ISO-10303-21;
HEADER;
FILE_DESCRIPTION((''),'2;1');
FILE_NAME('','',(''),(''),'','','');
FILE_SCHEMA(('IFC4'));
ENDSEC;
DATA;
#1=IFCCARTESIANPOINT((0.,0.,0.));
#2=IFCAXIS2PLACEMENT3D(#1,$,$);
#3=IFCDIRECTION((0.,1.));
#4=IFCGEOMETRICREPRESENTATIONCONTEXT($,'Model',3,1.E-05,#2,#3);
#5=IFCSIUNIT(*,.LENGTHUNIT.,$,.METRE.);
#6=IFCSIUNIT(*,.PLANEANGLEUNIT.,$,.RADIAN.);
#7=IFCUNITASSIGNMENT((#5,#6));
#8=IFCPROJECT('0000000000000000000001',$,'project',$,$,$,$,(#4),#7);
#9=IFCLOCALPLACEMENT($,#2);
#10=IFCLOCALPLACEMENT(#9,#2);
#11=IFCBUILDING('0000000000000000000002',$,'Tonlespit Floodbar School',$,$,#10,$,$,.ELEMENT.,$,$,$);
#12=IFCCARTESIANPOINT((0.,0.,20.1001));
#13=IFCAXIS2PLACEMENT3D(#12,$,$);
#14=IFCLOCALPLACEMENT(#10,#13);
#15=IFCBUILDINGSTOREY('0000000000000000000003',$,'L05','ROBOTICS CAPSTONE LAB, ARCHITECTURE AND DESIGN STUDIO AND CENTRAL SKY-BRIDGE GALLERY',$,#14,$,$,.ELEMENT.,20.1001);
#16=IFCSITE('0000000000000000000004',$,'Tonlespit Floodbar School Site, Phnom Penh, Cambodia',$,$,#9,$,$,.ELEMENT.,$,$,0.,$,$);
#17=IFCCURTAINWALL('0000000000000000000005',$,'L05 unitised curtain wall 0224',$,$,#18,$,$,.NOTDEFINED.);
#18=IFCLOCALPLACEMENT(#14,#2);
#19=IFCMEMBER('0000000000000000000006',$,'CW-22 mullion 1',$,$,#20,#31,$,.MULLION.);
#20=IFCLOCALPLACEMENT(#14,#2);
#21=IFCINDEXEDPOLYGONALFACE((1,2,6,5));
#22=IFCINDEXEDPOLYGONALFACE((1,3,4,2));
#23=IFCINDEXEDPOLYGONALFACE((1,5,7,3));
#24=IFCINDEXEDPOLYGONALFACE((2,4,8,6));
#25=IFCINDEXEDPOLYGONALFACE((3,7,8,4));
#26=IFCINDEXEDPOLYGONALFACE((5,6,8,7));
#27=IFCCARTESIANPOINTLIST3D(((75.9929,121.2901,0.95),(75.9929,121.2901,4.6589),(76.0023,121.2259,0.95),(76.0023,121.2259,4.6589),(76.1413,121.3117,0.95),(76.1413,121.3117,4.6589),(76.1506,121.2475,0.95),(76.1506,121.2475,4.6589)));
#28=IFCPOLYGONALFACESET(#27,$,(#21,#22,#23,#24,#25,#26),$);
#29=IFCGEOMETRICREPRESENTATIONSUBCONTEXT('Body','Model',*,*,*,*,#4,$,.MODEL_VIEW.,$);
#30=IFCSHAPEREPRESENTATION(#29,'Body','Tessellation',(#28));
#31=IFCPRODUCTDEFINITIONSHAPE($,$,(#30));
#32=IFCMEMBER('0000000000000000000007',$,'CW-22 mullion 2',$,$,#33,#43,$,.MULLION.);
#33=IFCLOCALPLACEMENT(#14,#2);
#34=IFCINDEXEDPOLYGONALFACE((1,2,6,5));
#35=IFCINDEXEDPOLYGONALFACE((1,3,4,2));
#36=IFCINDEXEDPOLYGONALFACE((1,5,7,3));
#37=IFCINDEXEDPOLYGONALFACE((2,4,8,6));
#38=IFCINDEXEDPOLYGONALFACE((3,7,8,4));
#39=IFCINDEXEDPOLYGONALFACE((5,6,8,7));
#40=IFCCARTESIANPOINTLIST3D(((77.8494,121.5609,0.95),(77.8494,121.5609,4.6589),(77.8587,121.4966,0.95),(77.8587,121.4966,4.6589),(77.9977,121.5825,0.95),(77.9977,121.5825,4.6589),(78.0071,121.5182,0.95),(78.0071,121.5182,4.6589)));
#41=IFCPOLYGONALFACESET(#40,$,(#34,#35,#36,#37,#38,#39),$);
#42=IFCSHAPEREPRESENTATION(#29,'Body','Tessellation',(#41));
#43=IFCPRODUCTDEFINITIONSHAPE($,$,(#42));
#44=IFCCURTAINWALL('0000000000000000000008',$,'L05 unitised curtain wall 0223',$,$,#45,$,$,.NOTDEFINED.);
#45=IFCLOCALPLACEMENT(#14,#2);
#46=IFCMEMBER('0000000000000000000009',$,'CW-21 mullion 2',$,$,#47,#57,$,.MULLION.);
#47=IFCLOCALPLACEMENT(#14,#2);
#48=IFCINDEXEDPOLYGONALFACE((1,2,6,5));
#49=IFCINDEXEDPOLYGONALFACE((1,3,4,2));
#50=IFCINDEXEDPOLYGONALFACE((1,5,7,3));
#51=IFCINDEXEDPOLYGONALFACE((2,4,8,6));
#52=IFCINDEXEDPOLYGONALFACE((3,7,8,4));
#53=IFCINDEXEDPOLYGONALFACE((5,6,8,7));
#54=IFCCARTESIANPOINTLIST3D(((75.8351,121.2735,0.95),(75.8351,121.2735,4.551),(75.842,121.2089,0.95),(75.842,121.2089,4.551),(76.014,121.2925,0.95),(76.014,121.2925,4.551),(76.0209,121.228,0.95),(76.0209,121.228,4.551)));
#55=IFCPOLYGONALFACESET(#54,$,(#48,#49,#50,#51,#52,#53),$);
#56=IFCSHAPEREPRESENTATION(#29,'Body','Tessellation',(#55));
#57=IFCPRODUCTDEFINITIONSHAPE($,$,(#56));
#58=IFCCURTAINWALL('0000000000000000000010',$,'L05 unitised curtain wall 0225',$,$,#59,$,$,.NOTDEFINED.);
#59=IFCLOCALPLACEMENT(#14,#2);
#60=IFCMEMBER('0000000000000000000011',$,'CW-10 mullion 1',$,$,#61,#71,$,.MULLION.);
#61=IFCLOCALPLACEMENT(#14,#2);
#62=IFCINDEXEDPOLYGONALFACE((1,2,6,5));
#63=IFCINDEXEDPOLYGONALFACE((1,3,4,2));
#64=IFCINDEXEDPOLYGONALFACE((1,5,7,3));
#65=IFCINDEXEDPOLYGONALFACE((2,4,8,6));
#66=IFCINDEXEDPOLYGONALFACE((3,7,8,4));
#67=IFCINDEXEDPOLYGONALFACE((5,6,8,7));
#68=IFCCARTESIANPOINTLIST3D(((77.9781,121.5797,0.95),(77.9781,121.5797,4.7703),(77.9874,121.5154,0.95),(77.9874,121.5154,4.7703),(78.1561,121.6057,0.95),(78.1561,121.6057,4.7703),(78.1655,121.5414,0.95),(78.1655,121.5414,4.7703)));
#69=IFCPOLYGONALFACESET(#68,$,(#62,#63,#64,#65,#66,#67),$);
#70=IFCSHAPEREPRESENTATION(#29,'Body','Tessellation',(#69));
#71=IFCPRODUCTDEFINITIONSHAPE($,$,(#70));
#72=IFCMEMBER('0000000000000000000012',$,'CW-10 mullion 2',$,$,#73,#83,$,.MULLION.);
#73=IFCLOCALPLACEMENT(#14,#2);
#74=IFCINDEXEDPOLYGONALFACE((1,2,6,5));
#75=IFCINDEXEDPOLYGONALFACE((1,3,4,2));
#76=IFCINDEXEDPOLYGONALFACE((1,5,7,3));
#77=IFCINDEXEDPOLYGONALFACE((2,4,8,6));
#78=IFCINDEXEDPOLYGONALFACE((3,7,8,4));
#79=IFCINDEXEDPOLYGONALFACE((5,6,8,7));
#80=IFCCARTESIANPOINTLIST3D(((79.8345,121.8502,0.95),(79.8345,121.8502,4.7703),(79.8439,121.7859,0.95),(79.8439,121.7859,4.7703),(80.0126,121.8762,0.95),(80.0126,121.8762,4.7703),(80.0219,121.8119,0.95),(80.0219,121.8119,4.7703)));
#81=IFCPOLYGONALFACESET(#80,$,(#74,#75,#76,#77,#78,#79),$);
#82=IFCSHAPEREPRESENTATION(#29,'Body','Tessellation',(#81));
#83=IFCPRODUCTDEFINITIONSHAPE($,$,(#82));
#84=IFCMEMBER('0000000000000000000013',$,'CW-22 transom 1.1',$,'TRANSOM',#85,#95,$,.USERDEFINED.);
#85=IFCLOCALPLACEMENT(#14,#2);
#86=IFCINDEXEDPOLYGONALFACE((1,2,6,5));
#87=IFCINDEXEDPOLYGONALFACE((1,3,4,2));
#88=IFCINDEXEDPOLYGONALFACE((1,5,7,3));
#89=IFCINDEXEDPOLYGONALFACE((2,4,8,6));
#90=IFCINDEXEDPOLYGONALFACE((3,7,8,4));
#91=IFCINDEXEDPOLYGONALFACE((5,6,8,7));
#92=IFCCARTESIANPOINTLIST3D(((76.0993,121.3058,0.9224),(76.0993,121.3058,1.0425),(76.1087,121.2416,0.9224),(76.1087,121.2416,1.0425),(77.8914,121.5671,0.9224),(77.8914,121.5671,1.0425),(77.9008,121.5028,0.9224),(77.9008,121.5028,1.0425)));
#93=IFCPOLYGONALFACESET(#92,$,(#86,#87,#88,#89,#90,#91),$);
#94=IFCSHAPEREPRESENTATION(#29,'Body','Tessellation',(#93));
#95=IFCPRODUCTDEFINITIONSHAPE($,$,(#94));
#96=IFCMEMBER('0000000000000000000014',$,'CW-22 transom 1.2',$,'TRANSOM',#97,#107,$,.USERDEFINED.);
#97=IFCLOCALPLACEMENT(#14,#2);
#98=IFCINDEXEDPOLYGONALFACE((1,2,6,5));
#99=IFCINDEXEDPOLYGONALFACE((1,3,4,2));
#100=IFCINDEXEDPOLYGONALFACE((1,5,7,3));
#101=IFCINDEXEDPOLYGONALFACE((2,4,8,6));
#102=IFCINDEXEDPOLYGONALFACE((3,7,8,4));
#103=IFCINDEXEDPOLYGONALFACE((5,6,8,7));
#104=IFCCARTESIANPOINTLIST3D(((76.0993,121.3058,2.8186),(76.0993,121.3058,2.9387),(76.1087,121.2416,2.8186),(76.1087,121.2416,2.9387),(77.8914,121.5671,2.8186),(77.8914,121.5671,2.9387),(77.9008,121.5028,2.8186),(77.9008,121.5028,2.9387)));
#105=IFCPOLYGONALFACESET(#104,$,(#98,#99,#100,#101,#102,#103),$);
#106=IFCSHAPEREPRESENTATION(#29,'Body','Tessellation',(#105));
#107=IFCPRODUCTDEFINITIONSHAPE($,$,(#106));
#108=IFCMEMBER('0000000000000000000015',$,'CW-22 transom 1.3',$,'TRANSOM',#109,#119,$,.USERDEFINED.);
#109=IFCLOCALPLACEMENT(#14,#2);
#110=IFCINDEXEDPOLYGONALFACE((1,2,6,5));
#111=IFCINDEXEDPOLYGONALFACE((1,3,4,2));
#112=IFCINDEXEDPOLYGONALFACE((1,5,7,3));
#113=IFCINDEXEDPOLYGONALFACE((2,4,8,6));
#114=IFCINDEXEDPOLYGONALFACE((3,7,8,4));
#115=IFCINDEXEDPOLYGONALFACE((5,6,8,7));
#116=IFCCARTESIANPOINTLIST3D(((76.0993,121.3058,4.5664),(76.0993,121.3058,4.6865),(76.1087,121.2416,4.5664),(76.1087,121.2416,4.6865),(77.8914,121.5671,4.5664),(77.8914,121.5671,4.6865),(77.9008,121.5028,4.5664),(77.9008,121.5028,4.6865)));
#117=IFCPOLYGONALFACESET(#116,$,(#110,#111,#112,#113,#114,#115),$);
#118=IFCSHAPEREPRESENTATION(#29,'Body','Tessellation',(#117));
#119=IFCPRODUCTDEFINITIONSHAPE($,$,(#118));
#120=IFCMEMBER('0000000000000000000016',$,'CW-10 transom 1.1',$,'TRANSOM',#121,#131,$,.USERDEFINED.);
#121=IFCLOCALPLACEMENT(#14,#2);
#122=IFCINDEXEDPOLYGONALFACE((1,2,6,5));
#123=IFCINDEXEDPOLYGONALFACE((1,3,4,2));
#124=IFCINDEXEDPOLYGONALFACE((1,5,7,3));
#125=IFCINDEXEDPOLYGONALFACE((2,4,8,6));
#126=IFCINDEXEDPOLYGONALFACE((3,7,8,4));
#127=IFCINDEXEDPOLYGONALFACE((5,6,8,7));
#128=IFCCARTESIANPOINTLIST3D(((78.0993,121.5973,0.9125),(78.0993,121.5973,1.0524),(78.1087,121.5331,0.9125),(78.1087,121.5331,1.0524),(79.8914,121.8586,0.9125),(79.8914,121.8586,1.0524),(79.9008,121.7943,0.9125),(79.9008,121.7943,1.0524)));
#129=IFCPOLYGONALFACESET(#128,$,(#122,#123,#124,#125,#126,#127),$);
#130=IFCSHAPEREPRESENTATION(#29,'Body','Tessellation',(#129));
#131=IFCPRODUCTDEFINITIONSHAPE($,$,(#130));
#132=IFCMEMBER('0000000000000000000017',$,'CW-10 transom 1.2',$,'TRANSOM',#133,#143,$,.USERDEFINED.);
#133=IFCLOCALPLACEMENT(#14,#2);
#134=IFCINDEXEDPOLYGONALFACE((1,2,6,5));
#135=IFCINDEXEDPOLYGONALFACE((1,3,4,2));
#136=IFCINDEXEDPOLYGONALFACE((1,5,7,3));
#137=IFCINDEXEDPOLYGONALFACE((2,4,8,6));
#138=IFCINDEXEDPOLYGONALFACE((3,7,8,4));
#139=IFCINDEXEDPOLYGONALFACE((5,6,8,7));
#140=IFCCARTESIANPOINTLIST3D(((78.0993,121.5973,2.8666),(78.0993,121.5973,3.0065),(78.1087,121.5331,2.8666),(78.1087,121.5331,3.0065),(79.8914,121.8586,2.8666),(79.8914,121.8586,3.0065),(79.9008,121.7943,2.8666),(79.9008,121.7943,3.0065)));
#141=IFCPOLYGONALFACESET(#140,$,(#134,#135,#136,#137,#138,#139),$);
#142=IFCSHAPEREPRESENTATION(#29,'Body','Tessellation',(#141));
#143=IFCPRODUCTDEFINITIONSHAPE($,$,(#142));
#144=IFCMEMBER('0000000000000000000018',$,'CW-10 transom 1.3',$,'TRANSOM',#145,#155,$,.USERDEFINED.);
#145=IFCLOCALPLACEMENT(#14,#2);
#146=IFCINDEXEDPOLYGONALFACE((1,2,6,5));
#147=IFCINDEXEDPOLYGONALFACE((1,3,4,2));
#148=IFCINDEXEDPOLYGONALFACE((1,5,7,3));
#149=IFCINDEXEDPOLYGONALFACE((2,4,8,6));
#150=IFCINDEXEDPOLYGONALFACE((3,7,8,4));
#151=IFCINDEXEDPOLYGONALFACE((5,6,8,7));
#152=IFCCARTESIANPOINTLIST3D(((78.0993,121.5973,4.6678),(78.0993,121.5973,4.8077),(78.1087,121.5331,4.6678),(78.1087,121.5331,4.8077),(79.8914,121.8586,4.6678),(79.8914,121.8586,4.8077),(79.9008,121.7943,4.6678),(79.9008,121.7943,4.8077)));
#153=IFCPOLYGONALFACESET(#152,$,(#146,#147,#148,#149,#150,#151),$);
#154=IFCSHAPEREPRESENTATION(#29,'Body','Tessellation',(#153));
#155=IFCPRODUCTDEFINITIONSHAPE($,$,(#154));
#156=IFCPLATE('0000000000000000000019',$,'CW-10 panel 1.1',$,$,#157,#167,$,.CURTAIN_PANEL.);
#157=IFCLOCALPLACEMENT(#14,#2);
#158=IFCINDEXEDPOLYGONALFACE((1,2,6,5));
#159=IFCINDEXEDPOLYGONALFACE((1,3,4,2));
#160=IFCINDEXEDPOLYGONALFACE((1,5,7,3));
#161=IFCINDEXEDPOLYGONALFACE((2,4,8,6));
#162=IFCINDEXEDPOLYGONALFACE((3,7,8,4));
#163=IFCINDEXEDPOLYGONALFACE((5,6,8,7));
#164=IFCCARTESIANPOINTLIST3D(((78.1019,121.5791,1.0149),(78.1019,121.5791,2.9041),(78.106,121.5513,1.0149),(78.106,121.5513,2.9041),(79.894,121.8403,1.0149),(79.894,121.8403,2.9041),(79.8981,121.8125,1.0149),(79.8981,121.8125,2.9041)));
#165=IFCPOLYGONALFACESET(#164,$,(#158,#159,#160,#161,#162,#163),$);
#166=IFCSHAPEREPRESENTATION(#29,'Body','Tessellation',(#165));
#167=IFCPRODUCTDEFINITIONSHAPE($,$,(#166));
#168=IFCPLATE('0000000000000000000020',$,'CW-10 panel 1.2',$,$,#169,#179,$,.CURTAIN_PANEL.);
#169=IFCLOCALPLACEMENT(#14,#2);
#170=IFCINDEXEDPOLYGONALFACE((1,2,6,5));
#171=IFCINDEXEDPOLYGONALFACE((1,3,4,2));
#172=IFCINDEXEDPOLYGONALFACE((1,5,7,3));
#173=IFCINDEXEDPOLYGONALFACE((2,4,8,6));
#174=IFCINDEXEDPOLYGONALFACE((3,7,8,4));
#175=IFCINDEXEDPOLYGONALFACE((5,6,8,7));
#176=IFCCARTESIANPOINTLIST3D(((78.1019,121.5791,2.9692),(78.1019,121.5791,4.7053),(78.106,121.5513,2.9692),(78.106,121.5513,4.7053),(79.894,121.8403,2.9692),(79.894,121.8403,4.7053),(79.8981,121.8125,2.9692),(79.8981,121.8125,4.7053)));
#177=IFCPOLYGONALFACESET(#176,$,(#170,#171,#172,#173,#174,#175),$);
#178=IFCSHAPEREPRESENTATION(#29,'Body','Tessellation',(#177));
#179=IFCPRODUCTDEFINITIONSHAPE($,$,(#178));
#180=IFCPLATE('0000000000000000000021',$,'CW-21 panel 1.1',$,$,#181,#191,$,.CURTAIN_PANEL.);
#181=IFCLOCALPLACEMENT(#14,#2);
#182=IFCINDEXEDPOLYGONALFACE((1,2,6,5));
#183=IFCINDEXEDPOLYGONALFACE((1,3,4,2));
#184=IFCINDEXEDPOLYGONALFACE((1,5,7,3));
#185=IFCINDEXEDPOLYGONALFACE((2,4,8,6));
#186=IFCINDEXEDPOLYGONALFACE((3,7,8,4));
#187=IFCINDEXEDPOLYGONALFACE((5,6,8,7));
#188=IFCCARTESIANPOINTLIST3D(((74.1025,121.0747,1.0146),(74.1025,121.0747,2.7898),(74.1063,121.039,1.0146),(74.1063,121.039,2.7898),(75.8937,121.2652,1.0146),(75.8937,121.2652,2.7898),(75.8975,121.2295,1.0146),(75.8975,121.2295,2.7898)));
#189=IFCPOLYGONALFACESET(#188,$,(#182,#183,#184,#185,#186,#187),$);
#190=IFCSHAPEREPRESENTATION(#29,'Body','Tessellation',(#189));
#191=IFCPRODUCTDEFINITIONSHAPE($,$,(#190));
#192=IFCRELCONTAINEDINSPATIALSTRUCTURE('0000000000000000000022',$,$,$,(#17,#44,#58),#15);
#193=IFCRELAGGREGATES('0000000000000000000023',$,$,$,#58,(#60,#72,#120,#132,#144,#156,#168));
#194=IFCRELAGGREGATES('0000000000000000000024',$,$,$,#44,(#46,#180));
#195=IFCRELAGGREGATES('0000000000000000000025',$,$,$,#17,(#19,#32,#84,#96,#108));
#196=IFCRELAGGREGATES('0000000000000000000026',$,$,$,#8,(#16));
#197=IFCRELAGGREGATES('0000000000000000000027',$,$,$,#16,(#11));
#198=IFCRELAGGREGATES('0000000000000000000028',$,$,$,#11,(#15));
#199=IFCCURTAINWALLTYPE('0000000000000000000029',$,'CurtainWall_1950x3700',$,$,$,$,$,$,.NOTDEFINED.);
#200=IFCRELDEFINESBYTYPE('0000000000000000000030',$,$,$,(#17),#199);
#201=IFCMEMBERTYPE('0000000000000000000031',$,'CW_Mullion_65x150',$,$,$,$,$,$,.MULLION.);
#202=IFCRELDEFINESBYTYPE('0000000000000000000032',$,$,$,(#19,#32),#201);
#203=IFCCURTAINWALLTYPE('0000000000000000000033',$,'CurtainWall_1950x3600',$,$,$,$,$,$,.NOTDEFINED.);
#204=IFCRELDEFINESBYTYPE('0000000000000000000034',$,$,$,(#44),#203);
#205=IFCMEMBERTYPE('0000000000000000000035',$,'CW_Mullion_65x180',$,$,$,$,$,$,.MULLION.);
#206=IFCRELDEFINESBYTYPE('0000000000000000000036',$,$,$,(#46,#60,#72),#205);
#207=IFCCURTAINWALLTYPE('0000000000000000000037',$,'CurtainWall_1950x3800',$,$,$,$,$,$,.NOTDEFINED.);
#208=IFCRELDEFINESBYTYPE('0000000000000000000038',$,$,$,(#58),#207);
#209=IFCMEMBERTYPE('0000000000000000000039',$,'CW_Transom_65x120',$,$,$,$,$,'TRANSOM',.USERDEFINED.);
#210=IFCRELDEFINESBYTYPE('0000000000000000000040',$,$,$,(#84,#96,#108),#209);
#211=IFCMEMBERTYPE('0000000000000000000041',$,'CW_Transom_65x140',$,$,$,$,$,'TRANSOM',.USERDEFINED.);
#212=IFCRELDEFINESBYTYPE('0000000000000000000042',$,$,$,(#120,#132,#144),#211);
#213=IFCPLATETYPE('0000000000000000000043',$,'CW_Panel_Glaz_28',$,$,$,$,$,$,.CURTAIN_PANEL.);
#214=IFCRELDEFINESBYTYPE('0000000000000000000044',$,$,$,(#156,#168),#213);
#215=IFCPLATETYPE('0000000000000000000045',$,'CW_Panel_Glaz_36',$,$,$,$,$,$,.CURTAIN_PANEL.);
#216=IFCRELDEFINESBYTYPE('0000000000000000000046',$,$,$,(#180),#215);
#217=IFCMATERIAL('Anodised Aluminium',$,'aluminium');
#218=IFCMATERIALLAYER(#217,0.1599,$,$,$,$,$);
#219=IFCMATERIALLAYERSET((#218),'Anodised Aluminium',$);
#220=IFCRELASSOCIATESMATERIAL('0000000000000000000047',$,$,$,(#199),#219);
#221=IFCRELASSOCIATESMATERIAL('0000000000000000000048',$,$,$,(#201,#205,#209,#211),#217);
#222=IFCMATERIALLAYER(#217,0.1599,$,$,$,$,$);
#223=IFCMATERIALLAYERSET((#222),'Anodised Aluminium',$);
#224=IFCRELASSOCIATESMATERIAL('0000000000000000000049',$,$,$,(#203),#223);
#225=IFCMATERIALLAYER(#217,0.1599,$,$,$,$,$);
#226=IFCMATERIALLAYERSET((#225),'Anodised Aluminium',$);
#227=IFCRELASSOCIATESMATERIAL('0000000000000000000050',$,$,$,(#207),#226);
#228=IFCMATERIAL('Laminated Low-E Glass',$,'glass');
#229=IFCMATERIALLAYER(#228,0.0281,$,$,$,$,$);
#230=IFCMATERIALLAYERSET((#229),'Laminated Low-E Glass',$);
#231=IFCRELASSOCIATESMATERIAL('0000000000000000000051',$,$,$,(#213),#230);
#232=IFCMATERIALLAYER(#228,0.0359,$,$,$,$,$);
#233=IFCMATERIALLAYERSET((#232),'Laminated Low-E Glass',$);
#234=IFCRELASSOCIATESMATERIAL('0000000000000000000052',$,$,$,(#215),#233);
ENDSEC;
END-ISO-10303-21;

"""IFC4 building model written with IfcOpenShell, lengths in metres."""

from ifc_helpers import new_model, si_unit, direction, frame, origin, origin_2d, place, context, subcontext, project, spatial, rectangle, extrude, material, layer, layer_set, material_profile, profile_set, type_object, element, aggregate, save


model = new_model("IFC4")

# Units and contexts
model_context = context("Model", 3, precision=1e-05, world=origin(), true_north=direction((0.0, 1.0)))
body_context = subcontext(model_context, "Body", "Model", "MODEL_VIEW")
ifc_project = project(units=[si_unit("LENGTHUNIT", "METRE"), si_unit("PLANEANGLEUNIT", "RADIAN")], contexts=[model_context])

# Site, building, storey
site_placement = place(None, origin())
site = spatial("IfcSite", under=ifc_project, at=site_placement, Name="Tonlespit Floodbar School Site, Phnom Penh, Cambodia", CompositionType="ELEMENT", RefElevation=0.0)
building_placement = place(site_placement, origin())
building = spatial("IfcBuilding", under=site, at=building_placement, Name="Tonlespit Floodbar School", CompositionType="ELEMENT")
storey_placement = place(building_placement, frame((0.0, 0.0, 20.1001)))
storey = spatial("IfcBuildingStorey", under=building, at=storey_placement, Name="L05", Description="ROBOTICS CAPSTONE LAB, ARCHITECTURE AND DESIGN STUDIO AND CENTRAL SKY-BRIDGE GALLERY", CompositionType="ELEMENT", Elevation=20.1001)

# Curtain wall, members
ifc_material_1 = material(Name="Anodised Aluminium", Category="aluminium")
ifc_layer_1 = layer(ifc_material_1, 0.1599)
ifc_layer_set_1 = layer_set([ifc_layer_1], Name="Anodised Aluminium")
curtain_wall_type_1 = type_object("IfcCurtainWallType", Name="CurtainWall_1950x3700", PredefinedType="NOTDEFINED", material=ifc_layer_set_1)
curtain_wall_1_placement = place(storey_placement, origin())
curtain_wall_1 = element("IfcCurtainWall", 1, at=curtain_wall_1_placement, inside=storey, type_object=curtain_wall_type_1, Name="L05 unitised curtain wall 0224", PredefinedType="NOTDEFINED")
ifc_material_profile_1 = material_profile(ifc_material_1, rectangle(XDim=0.0649, YDim=0.1499, at=origin_2d()), Name="ALU M65x150")
ifc_profile_set_1 = profile_set([ifc_material_profile_1], Name="Anodised Aluminium")
member_type_1 = type_object("IfcMemberType", Name="CW_Mullion_65x150", PredefinedType="MULLION", material=ifc_profile_set_1)
member_1_placement = place(storey_placement, frame((76.0718, 121.2688, 0.95), z_axis=(0.0, 0.0, 1.0), x_axis=(-0.144248, 0.989542, 0.0)))
member_1 = element("IfcMember", 2, at=member_1_placement, type_object=member_type_1, Name="CW-22 mullion 1", PredefinedType="MULLION", context=body_context, shape_type="SweptSolid", body=[
    extrude(rectangle(XDim=0.0649, YDim=0.1499, at=origin_2d()), origin(), (0.0, 0.0, 1.0), 3.709),
])
member_2_placement = place(storey_placement, frame((77.9282, 121.5396, 0.95), z_axis=(0.0, 0.0, 1.0), x_axis=(-0.144248, 0.989542, 0.0)))
member_2 = element("IfcMember", 3, at=member_2_placement, type_object=member_type_1, Name="CW-22 mullion 2", PredefinedType="MULLION", context=body_context, shape_type="SweptSolid", body=[
    extrude(rectangle(XDim=0.0649, YDim=0.1499, at=origin_2d()), origin(), (0.0, 0.0, 1.0), 3.709),
])

# Curtain wall, member
ifc_layer_2 = layer(ifc_material_1, 0.1599)
ifc_layer_set_2 = layer_set([ifc_layer_2], Name="Anodised Aluminium")
curtain_wall_type_2 = type_object("IfcCurtainWallType", Name="CurtainWall_1950x3600", PredefinedType="NOTDEFINED", material=ifc_layer_set_2)
curtain_wall_2_placement = place(storey_placement, origin())
curtain_wall_2 = element("IfcCurtainWall", 4, at=curtain_wall_2_placement, inside=storey, type_object=curtain_wall_type_2, Name="L05 unitised curtain wall 0223", PredefinedType="NOTDEFINED")
ifc_material_profile_2 = material_profile(ifc_material_1, rectangle(XDim=0.0649, YDim=0.1799, at=origin_2d()), Name="ALU M65x180")
ifc_profile_set_2 = profile_set([ifc_material_profile_2], Name="Anodised Aluminium")
member_type_2 = type_object("IfcMemberType", Name="CW_Mullion_65x180", PredefinedType="MULLION", material=ifc_profile_set_2)
member_3_placement = place(storey_placement, frame((75.928, 121.2507, 0.95), z_axis=(0.0, 0.0, 1.0), x_axis=(-0.105787, 0.994389, 0.0)))
member_3 = element("IfcMember", 5, at=member_3_placement, type_object=member_type_2, Name="CW-21 mullion 2", PredefinedType="MULLION", context=body_context, shape_type="SweptSolid", body=[
    extrude(rectangle(XDim=0.0649, YDim=0.1799, at=origin_2d()), origin(), (0.0, 0.0, 1.0), 3.6011),
])

# Curtain wall, members
ifc_layer_3 = layer(ifc_material_1, 0.1599)
ifc_layer_set_3 = layer_set([ifc_layer_3], Name="Anodised Aluminium")
curtain_wall_type_3 = type_object("IfcCurtainWallType", Name="CurtainWall_1950x3800", PredefinedType="NOTDEFINED", material=ifc_layer_set_3)
curtain_wall_3_placement = place(storey_placement, origin())
curtain_wall_3 = element("IfcCurtainWall", 6, at=curtain_wall_3_placement, inside=storey, type_object=curtain_wall_type_3, Name="L05 unitised curtain wall 0225", PredefinedType="NOTDEFINED")
member_4_placement = place(storey_placement, frame((78.0718, 121.5605, 0.95), z_axis=(0.0, 0.0, 1.0), x_axis=(-0.144248, 0.989542, 0.0)))
member_4 = element("IfcMember", 7, at=member_4_placement, type_object=member_type_2, Name="CW-10 mullion 1", PredefinedType="MULLION", context=body_context, shape_type="SweptSolid", body=[
    extrude(rectangle(XDim=0.0649, YDim=0.1799, at=origin_2d()), origin(), (0.0, 0.0, 1.0), 3.8203),
])
member_5_placement = place(storey_placement, frame((79.9282, 121.8311, 0.95), z_axis=(0.0, 0.0, 1.0), x_axis=(-0.144248, 0.989542, 0.0)))
member_5 = element("IfcMember", 8, at=member_5_placement, type_object=member_type_2, Name="CW-10 mullion 2", PredefinedType="MULLION", context=body_context, shape_type="SweptSolid", body=[
    extrude(rectangle(XDim=0.0649, YDim=0.1799, at=origin_2d()), origin(), (0.0, 0.0, 1.0), 3.8203),
])

# Members
ifc_material_profile_3 = material_profile(ifc_material_1, rectangle(XDim=0.0649, YDim=0.1201, at=origin_2d()), Name="ALU T65x120")
ifc_profile_set_3 = profile_set([ifc_material_profile_3], Name="Anodised Aluminium")
member_type_3 = type_object("IfcMemberType", Name="CW_Transom_65x120", ElementType="TRANSOM", PredefinedType="USERDEFINED", material=ifc_profile_set_3)
member_6_placement = place(storey_placement, frame((76.104, 121.2737, 0.9824), z_axis=(0.989541, 0.144252, 0.0), x_axis=(-0.144252, 0.989541, 0.0)))
member_6 = element("IfcMember", 9, at=member_6_placement, type_object=member_type_3, Name="CW-22 transom 1.1", ObjectType="TRANSOM", PredefinedType="USERDEFINED", context=body_context, shape_type="SweptSolid", body=[
    extrude(rectangle(XDim=0.0649, YDim=0.1201, at=origin_2d()), origin(), (0.0, 0.0, 1.0), 1.811),
])
member_7_placement = place(storey_placement, frame((76.104, 121.2737, 2.8787), z_axis=(0.989541, 0.144252, 0.0), x_axis=(-0.144252, 0.989541, 0.0)))
member_7 = element("IfcMember", 10, at=member_7_placement, type_object=member_type_3, Name="CW-22 transom 1.2", ObjectType="TRANSOM", PredefinedType="USERDEFINED", context=body_context, shape_type="SweptSolid", body=[
    extrude(rectangle(XDim=0.0649, YDim=0.1201, at=origin_2d()), origin(), (0.0, 0.0, 1.0), 1.811),
])
member_8_placement = place(storey_placement, frame((76.104, 121.2737, 4.6265), z_axis=(0.989541, 0.144252, 0.0), x_axis=(-0.144252, 0.989541, 0.0)))
member_8 = element("IfcMember", 11, at=member_8_placement, type_object=member_type_3, Name="CW-22 transom 1.3", ObjectType="TRANSOM", PredefinedType="USERDEFINED", context=body_context, shape_type="SweptSolid", body=[
    extrude(rectangle(XDim=0.0649, YDim=0.1201, at=origin_2d()), origin(), (0.0, 0.0, 1.0), 1.811),
])
ifc_material_profile_4 = material_profile(ifc_material_1, rectangle(XDim=0.0649, YDim=0.1399, at=origin_2d()), Name="ALU T65x140")
ifc_profile_set_4 = profile_set([ifc_material_profile_4], Name="Anodised Aluminium")
member_type_4 = type_object("IfcMemberType", Name="CW_Transom_65x140", ElementType="TRANSOM", PredefinedType="USERDEFINED", material=ifc_profile_set_4)
member_9_placement = place(storey_placement, frame((78.104, 121.5652, 0.9824), z_axis=(0.989541, 0.144252, 0.0), x_axis=(-0.144252, 0.989541, 0.0)))
member_9 = element("IfcMember", 12, at=member_9_placement, type_object=member_type_4, Name="CW-10 transom 1.1", ObjectType="TRANSOM", PredefinedType="USERDEFINED", context=body_context, shape_type="SweptSolid", body=[
    extrude(rectangle(XDim=0.0649, YDim=0.1399, at=origin_2d()), origin(), (0.0, 0.0, 1.0), 1.811),
])
member_10_placement = place(storey_placement, frame((78.104, 121.5652, 2.9365), z_axis=(0.989541, 0.144252, 0.0), x_axis=(-0.144252, 0.989541, 0.0)))
member_10 = element("IfcMember", 13, at=member_10_placement, type_object=member_type_4, Name="CW-10 transom 1.2", ObjectType="TRANSOM", PredefinedType="USERDEFINED", context=body_context, shape_type="SweptSolid", body=[
    extrude(rectangle(XDim=0.0649, YDim=0.1399, at=origin_2d()), origin(), (0.0, 0.0, 1.0), 1.811),
])
member_11_placement = place(storey_placement, frame((78.104, 121.5652, 4.7378), z_axis=(0.989541, 0.144252, 0.0), x_axis=(-0.144252, 0.989541, 0.0)))
member_11 = element("IfcMember", 14, at=member_11_placement, type_object=member_type_4, Name="CW-10 transom 1.3", ObjectType="TRANSOM", PredefinedType="USERDEFINED", context=body_context, shape_type="SweptSolid", body=[
    extrude(rectangle(XDim=0.0649, YDim=0.1399, at=origin_2d()), origin(), (0.0, 0.0, 1.0), 1.811),
])

# Plates
ifc_material_2 = material(Name="Laminated Low-E Glass", Category="glass")
ifc_layer_4 = layer(ifc_material_2, 0.0281)
ifc_layer_set_4 = layer_set([ifc_layer_4], Name="Laminated Low-E Glass")
plate_type_1 = type_object("IfcPlateType", Name="CW_Panel_Glaz_28", PredefinedType="CURTAIN_PANEL", material=ifc_layer_set_4)
plate_1_placement = place(storey_placement, frame((79.0, 121.6958, 1.0149), z_axis=(0.0, 0.0, 1.0), x_axis=(0.989542, 0.144248, 0.0)))
plate_1 = element("IfcPlate", 15, at=plate_1_placement, type_object=plate_type_1, Name="CW-10 panel 1.1", PredefinedType="CURTAIN_PANEL", context=body_context, shape_type="SweptSolid", body=[
    extrude(rectangle(XDim=1.811, YDim=0.0281, at=origin_2d()), origin(), (0.0, 0.0, 1.0), 1.8892),
])
plate_2_placement = place(storey_placement, frame((79.0, 121.6958, 2.9692), z_axis=(0.0, 0.0, 1.0), x_axis=(0.989542, 0.144248, 0.0)))
plate_2 = element("IfcPlate", 16, at=plate_2_placement, type_object=plate_type_1, Name="CW-10 panel 1.2", PredefinedType="CURTAIN_PANEL", context=body_context, shape_type="SweptSolid", body=[
    extrude(rectangle(XDim=1.811, YDim=0.0281, at=origin_2d()), origin(), (0.0, 0.0, 1.0), 1.7361),
])
aggregate(curtain_wall_3, [member_4, member_5, member_9, member_10, member_11, plate_1, plate_2])
ifc_layer_5 = layer(ifc_material_2, 0.0359)
ifc_layer_set_5 = layer_set([ifc_layer_5], Name="Laminated Low-E Glass")
plate_type_2 = type_object("IfcPlateType", Name="CW_Panel_Glaz_36", PredefinedType="CURTAIN_PANEL", material=ifc_layer_set_5)
plate_3_placement = place(storey_placement, frame((75.0, 121.1521, 1.0146), z_axis=(0.0, 0.0, 1.0), x_axis=(0.994389, 0.105787, 0.0)))
plate_3 = element("IfcPlate", 17, at=plate_3_placement, type_object=plate_type_2, Name="CW-21 panel 1.1", PredefinedType="CURTAIN_PANEL", context=body_context, shape_type="SweptSolid", body=[
    extrude(rectangle(XDim=1.8013, YDim=0.0359, at=origin_2d()), origin(), (0.0, 0.0, 1.0), 1.7751),
])
aggregate(curtain_wall_2, [member_3, plate_3])
aggregate(curtain_wall_1, [member_1, member_2, member_6, member_7, member_8])

save(model, "model.ifc")
